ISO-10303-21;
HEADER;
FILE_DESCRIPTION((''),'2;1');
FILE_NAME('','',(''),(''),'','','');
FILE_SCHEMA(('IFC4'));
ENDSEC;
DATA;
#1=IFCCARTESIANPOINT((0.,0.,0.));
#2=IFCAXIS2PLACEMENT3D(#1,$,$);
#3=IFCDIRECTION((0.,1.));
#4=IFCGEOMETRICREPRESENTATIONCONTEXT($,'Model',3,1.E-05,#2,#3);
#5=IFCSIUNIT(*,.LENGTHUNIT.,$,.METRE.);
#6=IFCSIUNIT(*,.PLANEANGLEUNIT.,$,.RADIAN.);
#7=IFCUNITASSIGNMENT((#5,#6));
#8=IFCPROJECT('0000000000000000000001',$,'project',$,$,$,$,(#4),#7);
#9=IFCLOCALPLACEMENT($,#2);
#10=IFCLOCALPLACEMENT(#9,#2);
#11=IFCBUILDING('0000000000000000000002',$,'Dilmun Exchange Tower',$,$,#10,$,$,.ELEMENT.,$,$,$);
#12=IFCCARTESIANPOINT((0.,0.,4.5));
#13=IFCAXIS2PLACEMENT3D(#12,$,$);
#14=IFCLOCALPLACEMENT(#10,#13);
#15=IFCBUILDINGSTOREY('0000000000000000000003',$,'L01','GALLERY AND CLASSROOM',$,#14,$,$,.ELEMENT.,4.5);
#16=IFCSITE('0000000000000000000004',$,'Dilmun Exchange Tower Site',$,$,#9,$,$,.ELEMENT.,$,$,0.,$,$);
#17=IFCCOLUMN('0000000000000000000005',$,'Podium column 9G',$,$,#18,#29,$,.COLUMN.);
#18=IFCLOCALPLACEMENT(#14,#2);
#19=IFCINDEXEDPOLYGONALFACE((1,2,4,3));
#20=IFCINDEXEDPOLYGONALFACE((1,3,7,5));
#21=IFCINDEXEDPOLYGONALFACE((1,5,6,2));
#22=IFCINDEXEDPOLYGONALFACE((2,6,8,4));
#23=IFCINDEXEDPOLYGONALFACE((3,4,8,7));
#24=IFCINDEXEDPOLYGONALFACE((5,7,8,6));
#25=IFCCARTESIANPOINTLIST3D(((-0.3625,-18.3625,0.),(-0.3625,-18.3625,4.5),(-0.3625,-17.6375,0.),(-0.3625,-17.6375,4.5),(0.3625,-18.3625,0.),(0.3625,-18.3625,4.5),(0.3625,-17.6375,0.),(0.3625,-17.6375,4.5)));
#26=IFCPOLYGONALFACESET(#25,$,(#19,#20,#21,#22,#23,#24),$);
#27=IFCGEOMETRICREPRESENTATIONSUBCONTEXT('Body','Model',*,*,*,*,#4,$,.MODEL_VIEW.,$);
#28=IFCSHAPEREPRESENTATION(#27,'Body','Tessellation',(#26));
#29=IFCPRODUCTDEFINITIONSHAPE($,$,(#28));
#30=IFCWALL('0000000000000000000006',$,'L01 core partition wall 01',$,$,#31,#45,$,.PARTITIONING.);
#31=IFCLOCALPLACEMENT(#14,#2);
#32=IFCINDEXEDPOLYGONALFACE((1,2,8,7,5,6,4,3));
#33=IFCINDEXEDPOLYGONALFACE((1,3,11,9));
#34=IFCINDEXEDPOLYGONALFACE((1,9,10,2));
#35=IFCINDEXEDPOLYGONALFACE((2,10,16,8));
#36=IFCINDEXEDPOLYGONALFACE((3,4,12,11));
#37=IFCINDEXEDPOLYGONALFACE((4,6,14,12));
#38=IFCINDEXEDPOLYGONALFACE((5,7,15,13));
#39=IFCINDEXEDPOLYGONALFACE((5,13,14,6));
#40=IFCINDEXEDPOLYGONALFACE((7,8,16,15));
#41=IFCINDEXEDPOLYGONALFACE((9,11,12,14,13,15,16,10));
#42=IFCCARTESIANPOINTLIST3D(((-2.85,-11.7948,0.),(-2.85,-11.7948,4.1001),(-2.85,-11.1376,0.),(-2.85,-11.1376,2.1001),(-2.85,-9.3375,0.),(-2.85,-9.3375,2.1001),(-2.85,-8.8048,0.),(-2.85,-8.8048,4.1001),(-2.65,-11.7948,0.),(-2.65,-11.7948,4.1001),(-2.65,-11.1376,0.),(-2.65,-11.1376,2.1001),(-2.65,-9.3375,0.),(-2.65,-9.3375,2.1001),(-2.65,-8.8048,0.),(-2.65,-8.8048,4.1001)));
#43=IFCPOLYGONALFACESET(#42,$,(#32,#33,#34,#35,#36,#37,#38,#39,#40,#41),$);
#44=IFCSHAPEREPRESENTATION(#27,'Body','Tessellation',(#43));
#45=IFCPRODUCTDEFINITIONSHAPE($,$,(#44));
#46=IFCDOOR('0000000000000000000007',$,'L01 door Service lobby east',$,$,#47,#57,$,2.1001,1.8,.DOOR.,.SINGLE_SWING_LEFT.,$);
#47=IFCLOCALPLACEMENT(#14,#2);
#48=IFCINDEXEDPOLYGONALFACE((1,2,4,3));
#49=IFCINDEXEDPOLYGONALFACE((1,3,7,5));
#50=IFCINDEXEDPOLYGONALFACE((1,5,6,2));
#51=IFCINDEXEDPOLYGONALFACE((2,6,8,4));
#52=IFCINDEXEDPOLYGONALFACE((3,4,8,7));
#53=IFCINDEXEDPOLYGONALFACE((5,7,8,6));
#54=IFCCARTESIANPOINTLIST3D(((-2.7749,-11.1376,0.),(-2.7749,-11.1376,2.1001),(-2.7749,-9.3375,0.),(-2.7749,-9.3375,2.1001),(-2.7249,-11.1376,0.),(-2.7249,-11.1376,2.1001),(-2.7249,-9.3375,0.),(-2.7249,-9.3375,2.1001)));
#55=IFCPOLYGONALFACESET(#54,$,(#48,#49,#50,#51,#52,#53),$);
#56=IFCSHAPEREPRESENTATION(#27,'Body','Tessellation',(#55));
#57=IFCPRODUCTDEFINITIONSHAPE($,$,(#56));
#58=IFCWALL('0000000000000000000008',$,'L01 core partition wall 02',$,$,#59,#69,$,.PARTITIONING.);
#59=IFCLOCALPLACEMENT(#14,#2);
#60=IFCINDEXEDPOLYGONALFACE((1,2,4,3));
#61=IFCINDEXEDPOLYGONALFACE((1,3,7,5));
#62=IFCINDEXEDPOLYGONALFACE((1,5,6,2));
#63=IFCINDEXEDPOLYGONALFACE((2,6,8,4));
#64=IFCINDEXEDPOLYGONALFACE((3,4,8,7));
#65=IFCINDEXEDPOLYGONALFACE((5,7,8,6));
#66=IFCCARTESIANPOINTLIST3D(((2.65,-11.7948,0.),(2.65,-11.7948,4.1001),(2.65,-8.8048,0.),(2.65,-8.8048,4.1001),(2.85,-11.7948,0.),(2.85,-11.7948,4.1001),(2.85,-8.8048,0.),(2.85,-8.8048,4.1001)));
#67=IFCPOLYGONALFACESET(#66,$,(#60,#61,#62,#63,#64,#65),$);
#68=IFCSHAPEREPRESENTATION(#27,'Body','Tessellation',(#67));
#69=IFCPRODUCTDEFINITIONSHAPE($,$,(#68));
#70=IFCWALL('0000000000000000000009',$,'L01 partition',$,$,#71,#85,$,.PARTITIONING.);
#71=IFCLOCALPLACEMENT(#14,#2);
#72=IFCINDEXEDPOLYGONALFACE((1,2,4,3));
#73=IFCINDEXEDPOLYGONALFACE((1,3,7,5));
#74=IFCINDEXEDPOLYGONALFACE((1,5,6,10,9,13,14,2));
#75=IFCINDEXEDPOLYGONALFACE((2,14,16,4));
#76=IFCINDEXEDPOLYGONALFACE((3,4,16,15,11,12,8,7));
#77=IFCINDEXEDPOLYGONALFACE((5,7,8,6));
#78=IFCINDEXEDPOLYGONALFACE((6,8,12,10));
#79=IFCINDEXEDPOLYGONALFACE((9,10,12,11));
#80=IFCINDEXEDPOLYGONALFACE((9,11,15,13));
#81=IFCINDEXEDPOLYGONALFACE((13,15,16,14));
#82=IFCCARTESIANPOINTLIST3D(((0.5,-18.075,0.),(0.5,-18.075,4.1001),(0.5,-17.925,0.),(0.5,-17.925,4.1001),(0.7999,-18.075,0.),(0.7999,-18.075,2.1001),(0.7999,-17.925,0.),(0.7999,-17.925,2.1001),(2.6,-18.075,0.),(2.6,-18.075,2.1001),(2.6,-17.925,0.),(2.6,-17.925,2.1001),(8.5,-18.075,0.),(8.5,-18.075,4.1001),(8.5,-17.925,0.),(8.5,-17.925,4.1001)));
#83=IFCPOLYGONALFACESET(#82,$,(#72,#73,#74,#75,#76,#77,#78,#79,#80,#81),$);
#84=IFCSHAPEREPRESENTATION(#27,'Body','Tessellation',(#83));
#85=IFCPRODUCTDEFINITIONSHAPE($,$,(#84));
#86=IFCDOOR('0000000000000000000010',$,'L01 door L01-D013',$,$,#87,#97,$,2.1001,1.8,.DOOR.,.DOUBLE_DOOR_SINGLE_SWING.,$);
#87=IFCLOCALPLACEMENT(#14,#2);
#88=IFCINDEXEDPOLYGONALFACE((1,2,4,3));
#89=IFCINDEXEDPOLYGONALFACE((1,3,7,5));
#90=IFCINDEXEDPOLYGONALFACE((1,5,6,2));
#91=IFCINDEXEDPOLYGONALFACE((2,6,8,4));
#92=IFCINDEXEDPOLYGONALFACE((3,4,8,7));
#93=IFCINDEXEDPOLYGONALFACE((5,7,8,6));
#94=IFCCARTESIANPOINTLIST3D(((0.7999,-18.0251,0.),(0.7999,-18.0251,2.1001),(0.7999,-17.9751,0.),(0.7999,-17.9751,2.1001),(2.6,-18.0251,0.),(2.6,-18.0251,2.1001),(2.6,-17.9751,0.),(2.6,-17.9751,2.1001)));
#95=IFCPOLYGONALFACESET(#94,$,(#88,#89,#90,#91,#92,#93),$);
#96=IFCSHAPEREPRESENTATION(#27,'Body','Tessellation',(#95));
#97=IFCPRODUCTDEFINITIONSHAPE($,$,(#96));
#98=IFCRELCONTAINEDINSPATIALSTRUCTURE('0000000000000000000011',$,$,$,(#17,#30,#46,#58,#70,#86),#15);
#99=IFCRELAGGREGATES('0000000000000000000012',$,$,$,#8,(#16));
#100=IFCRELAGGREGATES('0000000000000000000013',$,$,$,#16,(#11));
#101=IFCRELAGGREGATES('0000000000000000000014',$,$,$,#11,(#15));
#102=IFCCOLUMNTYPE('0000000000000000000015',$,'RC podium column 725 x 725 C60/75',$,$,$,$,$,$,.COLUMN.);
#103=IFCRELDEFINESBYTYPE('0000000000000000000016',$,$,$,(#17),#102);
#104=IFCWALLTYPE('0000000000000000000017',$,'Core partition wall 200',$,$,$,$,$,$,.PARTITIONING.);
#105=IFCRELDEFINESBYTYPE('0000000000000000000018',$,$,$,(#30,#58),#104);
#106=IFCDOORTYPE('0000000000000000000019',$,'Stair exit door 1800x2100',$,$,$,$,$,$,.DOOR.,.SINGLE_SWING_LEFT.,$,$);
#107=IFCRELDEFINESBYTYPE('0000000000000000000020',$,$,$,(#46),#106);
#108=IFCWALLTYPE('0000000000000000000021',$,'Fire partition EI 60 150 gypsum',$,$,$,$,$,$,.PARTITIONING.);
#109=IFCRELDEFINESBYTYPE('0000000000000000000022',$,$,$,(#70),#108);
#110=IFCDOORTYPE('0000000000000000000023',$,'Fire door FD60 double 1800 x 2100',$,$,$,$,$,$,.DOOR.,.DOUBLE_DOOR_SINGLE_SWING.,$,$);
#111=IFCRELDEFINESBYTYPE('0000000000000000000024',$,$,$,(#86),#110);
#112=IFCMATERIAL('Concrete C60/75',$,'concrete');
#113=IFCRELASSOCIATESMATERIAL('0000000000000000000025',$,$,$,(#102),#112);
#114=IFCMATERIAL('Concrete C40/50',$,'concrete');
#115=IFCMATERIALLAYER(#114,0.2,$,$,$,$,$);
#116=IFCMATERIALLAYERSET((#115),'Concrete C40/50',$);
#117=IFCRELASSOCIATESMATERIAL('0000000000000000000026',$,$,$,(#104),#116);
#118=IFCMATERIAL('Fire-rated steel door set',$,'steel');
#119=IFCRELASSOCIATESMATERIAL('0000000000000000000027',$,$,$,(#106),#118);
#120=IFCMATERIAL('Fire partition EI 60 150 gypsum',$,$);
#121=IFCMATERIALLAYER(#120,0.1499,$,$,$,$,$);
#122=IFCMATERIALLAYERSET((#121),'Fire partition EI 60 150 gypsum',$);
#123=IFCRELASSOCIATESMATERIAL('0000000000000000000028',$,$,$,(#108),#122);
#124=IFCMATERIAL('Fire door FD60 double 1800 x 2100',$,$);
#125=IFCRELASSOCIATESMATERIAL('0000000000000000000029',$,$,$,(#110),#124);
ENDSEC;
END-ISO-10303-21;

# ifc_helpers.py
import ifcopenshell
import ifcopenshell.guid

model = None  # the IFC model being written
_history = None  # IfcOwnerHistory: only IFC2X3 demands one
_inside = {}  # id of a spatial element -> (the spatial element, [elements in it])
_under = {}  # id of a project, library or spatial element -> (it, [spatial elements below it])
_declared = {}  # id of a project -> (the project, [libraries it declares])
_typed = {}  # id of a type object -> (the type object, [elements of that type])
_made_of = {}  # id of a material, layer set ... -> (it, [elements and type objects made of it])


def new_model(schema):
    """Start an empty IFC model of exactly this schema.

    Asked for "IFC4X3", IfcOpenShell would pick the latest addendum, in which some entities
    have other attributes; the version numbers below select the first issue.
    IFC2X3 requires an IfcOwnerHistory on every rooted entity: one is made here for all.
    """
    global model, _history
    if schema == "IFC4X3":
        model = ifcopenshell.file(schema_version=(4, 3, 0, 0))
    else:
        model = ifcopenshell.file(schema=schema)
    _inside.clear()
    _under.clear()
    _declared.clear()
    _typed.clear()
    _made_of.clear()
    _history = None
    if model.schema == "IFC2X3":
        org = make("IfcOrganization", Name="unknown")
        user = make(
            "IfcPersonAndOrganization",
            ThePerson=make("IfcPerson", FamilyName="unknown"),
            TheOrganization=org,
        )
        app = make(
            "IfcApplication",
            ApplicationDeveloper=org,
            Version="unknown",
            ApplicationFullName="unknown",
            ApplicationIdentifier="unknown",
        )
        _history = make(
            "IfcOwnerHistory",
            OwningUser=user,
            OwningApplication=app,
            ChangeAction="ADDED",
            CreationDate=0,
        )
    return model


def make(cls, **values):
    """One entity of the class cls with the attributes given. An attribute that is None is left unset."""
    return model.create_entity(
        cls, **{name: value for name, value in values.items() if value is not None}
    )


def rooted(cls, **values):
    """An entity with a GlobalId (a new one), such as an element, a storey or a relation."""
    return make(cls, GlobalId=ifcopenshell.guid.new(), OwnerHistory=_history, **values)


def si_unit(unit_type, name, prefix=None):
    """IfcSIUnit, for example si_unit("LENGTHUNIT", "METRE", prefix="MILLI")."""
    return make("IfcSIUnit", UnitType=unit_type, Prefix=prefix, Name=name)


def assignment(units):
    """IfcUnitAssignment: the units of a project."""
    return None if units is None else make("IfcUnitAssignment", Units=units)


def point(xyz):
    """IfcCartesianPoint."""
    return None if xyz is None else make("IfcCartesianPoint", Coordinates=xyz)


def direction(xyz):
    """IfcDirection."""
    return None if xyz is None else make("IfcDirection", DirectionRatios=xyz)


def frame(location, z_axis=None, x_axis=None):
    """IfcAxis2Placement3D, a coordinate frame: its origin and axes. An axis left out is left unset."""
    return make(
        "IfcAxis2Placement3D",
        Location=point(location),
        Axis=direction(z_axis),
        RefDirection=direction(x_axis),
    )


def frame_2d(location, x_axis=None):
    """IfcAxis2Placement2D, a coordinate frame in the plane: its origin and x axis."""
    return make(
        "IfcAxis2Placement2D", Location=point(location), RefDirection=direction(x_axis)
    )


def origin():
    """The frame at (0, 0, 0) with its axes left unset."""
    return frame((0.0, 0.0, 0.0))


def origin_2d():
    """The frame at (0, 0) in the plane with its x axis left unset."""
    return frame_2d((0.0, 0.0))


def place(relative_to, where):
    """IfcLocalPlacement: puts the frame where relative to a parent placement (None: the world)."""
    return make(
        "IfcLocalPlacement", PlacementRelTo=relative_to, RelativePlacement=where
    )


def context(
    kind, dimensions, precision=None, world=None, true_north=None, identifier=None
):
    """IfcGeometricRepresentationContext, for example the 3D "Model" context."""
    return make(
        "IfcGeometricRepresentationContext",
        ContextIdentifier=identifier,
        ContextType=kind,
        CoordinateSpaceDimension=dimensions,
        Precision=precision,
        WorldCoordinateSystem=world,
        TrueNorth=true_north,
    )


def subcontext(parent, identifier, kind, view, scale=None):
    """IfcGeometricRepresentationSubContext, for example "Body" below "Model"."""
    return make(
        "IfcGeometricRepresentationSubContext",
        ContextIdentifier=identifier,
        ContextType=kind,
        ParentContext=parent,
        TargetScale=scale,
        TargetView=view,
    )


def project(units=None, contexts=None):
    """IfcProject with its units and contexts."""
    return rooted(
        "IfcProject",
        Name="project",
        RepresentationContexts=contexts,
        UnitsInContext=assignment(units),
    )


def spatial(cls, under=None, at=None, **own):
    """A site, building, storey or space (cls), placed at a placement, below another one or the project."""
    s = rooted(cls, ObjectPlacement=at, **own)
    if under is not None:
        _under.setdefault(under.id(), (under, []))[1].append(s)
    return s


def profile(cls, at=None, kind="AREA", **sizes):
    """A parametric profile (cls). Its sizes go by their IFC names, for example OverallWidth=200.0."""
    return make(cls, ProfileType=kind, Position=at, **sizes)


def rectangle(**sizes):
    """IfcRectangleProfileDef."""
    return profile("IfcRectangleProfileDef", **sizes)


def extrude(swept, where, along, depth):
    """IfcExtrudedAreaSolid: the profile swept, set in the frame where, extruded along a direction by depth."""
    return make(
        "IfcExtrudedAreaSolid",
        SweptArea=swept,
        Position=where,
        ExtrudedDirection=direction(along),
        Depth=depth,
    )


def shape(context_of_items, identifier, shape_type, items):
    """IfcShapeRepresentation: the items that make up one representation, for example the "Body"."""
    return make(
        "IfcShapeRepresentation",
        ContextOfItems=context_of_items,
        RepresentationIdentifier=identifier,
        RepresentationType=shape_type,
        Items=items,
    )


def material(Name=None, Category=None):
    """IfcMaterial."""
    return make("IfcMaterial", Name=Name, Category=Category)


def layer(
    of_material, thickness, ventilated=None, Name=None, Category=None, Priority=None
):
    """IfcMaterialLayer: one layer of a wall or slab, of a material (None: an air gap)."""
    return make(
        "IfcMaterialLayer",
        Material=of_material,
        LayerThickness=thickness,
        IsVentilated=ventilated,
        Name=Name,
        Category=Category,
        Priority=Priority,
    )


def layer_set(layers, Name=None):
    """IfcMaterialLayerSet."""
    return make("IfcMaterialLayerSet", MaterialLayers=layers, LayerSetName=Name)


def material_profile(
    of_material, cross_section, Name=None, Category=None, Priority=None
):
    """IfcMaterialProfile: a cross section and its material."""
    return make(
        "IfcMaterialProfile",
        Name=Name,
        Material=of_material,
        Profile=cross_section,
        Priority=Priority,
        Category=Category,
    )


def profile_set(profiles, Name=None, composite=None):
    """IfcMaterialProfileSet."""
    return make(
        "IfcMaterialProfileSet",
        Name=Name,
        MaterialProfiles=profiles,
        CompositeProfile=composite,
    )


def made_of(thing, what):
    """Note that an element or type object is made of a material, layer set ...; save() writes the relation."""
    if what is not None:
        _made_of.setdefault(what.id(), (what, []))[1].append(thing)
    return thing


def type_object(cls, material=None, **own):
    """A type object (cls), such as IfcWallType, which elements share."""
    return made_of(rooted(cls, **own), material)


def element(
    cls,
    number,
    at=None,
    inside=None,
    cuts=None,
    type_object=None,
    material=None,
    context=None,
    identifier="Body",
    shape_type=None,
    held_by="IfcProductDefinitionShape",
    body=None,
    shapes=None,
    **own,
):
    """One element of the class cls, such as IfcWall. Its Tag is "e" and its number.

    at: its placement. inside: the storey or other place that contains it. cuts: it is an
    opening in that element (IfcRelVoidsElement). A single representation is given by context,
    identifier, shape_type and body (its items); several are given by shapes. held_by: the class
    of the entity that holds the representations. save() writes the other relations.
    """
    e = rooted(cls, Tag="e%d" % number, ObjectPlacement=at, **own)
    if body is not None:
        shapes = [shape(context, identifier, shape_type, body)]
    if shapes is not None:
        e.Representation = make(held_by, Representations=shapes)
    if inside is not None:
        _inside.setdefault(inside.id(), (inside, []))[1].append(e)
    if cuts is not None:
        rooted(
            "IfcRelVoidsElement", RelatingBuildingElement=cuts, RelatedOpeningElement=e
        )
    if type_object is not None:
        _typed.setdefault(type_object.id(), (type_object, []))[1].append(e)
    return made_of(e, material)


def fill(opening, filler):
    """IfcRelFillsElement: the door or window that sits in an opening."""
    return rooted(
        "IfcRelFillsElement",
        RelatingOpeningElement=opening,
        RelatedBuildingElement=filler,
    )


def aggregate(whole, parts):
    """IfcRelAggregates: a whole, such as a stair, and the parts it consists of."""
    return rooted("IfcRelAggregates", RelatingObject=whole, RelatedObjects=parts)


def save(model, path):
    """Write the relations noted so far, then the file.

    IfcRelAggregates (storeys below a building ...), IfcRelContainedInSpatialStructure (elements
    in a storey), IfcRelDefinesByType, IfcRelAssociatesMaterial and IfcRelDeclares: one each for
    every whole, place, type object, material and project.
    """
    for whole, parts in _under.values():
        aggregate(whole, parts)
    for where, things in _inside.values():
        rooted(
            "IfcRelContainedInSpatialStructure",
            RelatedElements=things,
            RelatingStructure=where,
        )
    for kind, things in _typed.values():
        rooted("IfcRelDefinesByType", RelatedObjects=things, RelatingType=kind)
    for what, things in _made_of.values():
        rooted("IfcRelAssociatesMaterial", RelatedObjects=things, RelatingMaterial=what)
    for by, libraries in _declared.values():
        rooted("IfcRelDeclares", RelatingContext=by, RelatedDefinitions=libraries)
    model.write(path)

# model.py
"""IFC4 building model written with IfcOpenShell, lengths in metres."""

from ifc_helpers import new_model, si_unit, direction, frame, frame_2d, origin, origin_2d, place, context, subcontext, project, spatial, rectangle, extrude, material, layer, layer_set, material_profile, profile_set, type_object, element, fill, save


model = new_model("IFC4")

# Units and contexts
model_context = context("Model", 3, precision=1e-05, world=origin(), true_north=direction((0.0, 1.0)))
body_context = subcontext(model_context, "Body", "Model", "MODEL_VIEW")
ifc_project = project(units=[si_unit("LENGTHUNIT", "METRE"), si_unit("PLANEANGLEUNIT", "RADIAN")], contexts=[model_context])

# Site, building, storey
site_placement = place(None, origin())
site = spatial("IfcSite", under=ifc_project, at=site_placement, Name="Dilmun Exchange Tower Site", CompositionType="ELEMENT", RefElevation=0.0)
building_placement = place(site_placement, origin())
building = spatial("IfcBuilding", under=site, at=building_placement, Name="Dilmun Exchange Tower", CompositionType="ELEMENT")
storey_placement = place(building_placement, frame((0.0, 0.0, 4.5)))
storey = spatial("IfcBuildingStorey", under=building, at=storey_placement, Name="L01", Description="GALLERY AND CLASSROOM", CompositionType="ELEMENT", Elevation=4.5)

# Column
ifc_material_1 = material(Name="Concrete C60/75", Category="concrete")
ifc_material_profile = material_profile(ifc_material_1, rectangle(XDim=0.7251, YDim=0.7251, at=origin_2d()), Name="725 x 725")
ifc_profile_set = profile_set([ifc_material_profile], Name="Concrete C60/75")
column_type = type_object("IfcColumnType", Name="RC podium column 725 x 725 C60/75", PredefinedType="COLUMN", material=ifc_profile_set)
column_placement = place(storey_placement, frame((0.0, -18.0, 0.0), z_axis=(0.0, 0.0, 1.0), x_axis=(1.0, 0.0, 0.0)))
element("IfcColumn", 1, at=column_placement, inside=storey, type_object=column_type, Name="Podium column 9G", PredefinedType="COLUMN", context=body_context, shape_type="SweptSolid", body=[
    extrude(rectangle(XDim=0.7251, YDim=0.7251, at=origin_2d()), origin(), (0.0, 0.0, 1.0), 4.5),
])

# Wall, opening, door
ifc_material_2 = material(Name="Concrete C40/50", Category="concrete")
ifc_layer_1 = layer(ifc_material_2, 0.2)
ifc_layer_set_1 = layer_set([ifc_layer_1], Name="Concrete C40/50")
wall_type_1 = type_object("IfcWallType", Name="Core partition wall 200", PredefinedType="PARTITIONING", material=ifc_layer_set_1)
wall_1_placement = place(storey_placement, frame((-2.75, -11.7949, 0.0), z_axis=(0.0, 0.0, 1.0), x_axis=(0.0, 1.0, 0.0)))
wall_1 = element("IfcWall", 2, at=wall_1_placement, inside=storey, type_object=wall_type_1, Name="L01 core partition wall 01", PredefinedType="PARTITIONING", context=body_context, shape_type="SweptSolid", body=[
    extrude(rectangle(XDim=2.99, YDim=0.2, at=frame_2d((1.4951, 0.0))), origin(), (0.0, 0.0, 1.0), 4.1001),
])
opening_1_placement = place(wall_1_placement, frame((0.6575, 0.0, 0.0)))
opening_1 = element("IfcOpeningElement", 3, at=opening_1_placement, cuts=wall_1, PredefinedType="OPENING", context=body_context, shape_type="SweptSolid", body=[
    extrude(rectangle(XDim=1.8, YDim=2.1001, at=frame_2d((0.8999, 1.05))), frame((0.0, 0.1099, 0.0), z_axis=(0.0, -1.0, 0.0), x_axis=(1.0, 0.0, 0.0)), (0.0, 0.0, 1.0), 0.22),
])
ifc_material_3 = material(Name="Fire-rated steel door set", Category="steel")
door_type_1 = type_object("IfcDoorType", Name="Stair exit door 1800x2100", OperationType="SINGLE_SWING_LEFT", PredefinedType="DOOR", material=ifc_material_3)
door_1_placement = place(opening_1_placement, origin())
door_1 = element("IfcDoor", 4, at=door_1_placement, inside=storey, type_object=door_type_1, Name="L01 door Service lobby east", OperationType="SINGLE_SWING_LEFT", OverallHeight=2.1001, OverallWidth=1.8, PredefinedType="DOOR", context=body_context, shape_type="SweptSolid", body=[
    extrude(rectangle(XDim=1.8, YDim=2.1001, at=frame_2d((0.8999, 1.05))), frame((0.0, 0.0249, 0.0), z_axis=(0.0, -1.0, 0.0), x_axis=(1.0, 0.0, 0.0)), (0.0, 0.0, 1.0), 0.05),
])
fill(opening_1, door_1)

# Wall
wall_2_placement = place(storey_placement, frame((2.75, -11.7949, 0.0), z_axis=(0.0, 0.0, 1.0), x_axis=(0.0, 1.0, 0.0)))
element("IfcWall", 5, at=wall_2_placement, inside=storey, type_object=wall_type_1, Name="L01 core partition wall 02", PredefinedType="PARTITIONING", context=body_context, shape_type="SweptSolid", body=[
    extrude(rectangle(XDim=2.99, YDim=0.2, at=frame_2d((1.4951, 0.0))), origin(), (0.0, 0.0, 1.0), 4.1001),
])

# Wall, opening, door
ifc_material_4 = material(Name="Fire partition EI 60 150 gypsum")
ifc_layer_2 = layer(ifc_material_4, 0.1499)
ifc_layer_set_2 = layer_set([ifc_layer_2], Name="Fire partition EI 60 150 gypsum")
wall_type_2 = type_object("IfcWallType", Name="Fire partition EI 60 150 gypsum", PredefinedType="PARTITIONING", material=ifc_layer_set_2)
wall_3_placement = place(storey_placement, frame((0.5, -18.0, 0.0), z_axis=(0.0, 0.0, 1.0), x_axis=(1.0, 0.0, 0.0)))
wall_3 = element("IfcWall", 6, at=wall_3_placement, inside=storey, type_object=wall_type_2, Name="L01 partition", PredefinedType="PARTITIONING", context=body_context, shape_type="SweptSolid", body=[
    extrude(rectangle(XDim=8.0, YDim=0.1499, at=frame_2d((4.0, 0.0))), origin(), (0.0, 0.0, 1.0), 4.1001),
])
opening_2_placement = place(wall_3_placement, frame((0.3, 0.0, 0.0)))
opening_2 = element("IfcOpeningElement", 7, at=opening_2_placement, cuts=wall_3, PredefinedType="OPENING", context=body_context, shape_type="SweptSolid", body=[
    extrude(rectangle(XDim=1.8, YDim=2.1001, at=frame_2d((0.8999, 1.05))), frame((0.0, 0.085, 0.0), z_axis=(0.0, -1.0, 0.0), x_axis=(1.0, 0.0, 0.0)), (0.0, 0.0, 1.0), 0.1699),
])
ifc_material_5 = material(Name="Fire door FD60 double 1800 x 2100")
door_type_2 = type_object("IfcDoorType", Name="Fire door FD60 double 1800 x 2100", OperationType="DOUBLE_DOOR_SINGLE_SWING", PredefinedType="DOOR", material=ifc_material_5)
door_2_placement = place(opening_2_placement, origin())
door_2 = element("IfcDoor", 8, at=door_2_placement, inside=storey, type_object=door_type_2, Name="L01 door L01-D013", OperationType="DOUBLE_DOOR_SINGLE_SWING", OverallHeight=2.1001, OverallWidth=1.8, PredefinedType="DOOR", context=body_context, shape_type="SweptSolid", body=[
    extrude(rectangle(XDim=1.8, YDim=2.1001, at=frame_2d((0.8999, 1.05))), frame((0.0, 0.0249, 0.0), z_axis=(0.0, -1.0, 0.0), x_axis=(1.0, 0.0, 0.0)), (0.0, 0.0, 1.0), 0.05),
])
fill(opening_2, door_2)

save(model, "model.ifc")
